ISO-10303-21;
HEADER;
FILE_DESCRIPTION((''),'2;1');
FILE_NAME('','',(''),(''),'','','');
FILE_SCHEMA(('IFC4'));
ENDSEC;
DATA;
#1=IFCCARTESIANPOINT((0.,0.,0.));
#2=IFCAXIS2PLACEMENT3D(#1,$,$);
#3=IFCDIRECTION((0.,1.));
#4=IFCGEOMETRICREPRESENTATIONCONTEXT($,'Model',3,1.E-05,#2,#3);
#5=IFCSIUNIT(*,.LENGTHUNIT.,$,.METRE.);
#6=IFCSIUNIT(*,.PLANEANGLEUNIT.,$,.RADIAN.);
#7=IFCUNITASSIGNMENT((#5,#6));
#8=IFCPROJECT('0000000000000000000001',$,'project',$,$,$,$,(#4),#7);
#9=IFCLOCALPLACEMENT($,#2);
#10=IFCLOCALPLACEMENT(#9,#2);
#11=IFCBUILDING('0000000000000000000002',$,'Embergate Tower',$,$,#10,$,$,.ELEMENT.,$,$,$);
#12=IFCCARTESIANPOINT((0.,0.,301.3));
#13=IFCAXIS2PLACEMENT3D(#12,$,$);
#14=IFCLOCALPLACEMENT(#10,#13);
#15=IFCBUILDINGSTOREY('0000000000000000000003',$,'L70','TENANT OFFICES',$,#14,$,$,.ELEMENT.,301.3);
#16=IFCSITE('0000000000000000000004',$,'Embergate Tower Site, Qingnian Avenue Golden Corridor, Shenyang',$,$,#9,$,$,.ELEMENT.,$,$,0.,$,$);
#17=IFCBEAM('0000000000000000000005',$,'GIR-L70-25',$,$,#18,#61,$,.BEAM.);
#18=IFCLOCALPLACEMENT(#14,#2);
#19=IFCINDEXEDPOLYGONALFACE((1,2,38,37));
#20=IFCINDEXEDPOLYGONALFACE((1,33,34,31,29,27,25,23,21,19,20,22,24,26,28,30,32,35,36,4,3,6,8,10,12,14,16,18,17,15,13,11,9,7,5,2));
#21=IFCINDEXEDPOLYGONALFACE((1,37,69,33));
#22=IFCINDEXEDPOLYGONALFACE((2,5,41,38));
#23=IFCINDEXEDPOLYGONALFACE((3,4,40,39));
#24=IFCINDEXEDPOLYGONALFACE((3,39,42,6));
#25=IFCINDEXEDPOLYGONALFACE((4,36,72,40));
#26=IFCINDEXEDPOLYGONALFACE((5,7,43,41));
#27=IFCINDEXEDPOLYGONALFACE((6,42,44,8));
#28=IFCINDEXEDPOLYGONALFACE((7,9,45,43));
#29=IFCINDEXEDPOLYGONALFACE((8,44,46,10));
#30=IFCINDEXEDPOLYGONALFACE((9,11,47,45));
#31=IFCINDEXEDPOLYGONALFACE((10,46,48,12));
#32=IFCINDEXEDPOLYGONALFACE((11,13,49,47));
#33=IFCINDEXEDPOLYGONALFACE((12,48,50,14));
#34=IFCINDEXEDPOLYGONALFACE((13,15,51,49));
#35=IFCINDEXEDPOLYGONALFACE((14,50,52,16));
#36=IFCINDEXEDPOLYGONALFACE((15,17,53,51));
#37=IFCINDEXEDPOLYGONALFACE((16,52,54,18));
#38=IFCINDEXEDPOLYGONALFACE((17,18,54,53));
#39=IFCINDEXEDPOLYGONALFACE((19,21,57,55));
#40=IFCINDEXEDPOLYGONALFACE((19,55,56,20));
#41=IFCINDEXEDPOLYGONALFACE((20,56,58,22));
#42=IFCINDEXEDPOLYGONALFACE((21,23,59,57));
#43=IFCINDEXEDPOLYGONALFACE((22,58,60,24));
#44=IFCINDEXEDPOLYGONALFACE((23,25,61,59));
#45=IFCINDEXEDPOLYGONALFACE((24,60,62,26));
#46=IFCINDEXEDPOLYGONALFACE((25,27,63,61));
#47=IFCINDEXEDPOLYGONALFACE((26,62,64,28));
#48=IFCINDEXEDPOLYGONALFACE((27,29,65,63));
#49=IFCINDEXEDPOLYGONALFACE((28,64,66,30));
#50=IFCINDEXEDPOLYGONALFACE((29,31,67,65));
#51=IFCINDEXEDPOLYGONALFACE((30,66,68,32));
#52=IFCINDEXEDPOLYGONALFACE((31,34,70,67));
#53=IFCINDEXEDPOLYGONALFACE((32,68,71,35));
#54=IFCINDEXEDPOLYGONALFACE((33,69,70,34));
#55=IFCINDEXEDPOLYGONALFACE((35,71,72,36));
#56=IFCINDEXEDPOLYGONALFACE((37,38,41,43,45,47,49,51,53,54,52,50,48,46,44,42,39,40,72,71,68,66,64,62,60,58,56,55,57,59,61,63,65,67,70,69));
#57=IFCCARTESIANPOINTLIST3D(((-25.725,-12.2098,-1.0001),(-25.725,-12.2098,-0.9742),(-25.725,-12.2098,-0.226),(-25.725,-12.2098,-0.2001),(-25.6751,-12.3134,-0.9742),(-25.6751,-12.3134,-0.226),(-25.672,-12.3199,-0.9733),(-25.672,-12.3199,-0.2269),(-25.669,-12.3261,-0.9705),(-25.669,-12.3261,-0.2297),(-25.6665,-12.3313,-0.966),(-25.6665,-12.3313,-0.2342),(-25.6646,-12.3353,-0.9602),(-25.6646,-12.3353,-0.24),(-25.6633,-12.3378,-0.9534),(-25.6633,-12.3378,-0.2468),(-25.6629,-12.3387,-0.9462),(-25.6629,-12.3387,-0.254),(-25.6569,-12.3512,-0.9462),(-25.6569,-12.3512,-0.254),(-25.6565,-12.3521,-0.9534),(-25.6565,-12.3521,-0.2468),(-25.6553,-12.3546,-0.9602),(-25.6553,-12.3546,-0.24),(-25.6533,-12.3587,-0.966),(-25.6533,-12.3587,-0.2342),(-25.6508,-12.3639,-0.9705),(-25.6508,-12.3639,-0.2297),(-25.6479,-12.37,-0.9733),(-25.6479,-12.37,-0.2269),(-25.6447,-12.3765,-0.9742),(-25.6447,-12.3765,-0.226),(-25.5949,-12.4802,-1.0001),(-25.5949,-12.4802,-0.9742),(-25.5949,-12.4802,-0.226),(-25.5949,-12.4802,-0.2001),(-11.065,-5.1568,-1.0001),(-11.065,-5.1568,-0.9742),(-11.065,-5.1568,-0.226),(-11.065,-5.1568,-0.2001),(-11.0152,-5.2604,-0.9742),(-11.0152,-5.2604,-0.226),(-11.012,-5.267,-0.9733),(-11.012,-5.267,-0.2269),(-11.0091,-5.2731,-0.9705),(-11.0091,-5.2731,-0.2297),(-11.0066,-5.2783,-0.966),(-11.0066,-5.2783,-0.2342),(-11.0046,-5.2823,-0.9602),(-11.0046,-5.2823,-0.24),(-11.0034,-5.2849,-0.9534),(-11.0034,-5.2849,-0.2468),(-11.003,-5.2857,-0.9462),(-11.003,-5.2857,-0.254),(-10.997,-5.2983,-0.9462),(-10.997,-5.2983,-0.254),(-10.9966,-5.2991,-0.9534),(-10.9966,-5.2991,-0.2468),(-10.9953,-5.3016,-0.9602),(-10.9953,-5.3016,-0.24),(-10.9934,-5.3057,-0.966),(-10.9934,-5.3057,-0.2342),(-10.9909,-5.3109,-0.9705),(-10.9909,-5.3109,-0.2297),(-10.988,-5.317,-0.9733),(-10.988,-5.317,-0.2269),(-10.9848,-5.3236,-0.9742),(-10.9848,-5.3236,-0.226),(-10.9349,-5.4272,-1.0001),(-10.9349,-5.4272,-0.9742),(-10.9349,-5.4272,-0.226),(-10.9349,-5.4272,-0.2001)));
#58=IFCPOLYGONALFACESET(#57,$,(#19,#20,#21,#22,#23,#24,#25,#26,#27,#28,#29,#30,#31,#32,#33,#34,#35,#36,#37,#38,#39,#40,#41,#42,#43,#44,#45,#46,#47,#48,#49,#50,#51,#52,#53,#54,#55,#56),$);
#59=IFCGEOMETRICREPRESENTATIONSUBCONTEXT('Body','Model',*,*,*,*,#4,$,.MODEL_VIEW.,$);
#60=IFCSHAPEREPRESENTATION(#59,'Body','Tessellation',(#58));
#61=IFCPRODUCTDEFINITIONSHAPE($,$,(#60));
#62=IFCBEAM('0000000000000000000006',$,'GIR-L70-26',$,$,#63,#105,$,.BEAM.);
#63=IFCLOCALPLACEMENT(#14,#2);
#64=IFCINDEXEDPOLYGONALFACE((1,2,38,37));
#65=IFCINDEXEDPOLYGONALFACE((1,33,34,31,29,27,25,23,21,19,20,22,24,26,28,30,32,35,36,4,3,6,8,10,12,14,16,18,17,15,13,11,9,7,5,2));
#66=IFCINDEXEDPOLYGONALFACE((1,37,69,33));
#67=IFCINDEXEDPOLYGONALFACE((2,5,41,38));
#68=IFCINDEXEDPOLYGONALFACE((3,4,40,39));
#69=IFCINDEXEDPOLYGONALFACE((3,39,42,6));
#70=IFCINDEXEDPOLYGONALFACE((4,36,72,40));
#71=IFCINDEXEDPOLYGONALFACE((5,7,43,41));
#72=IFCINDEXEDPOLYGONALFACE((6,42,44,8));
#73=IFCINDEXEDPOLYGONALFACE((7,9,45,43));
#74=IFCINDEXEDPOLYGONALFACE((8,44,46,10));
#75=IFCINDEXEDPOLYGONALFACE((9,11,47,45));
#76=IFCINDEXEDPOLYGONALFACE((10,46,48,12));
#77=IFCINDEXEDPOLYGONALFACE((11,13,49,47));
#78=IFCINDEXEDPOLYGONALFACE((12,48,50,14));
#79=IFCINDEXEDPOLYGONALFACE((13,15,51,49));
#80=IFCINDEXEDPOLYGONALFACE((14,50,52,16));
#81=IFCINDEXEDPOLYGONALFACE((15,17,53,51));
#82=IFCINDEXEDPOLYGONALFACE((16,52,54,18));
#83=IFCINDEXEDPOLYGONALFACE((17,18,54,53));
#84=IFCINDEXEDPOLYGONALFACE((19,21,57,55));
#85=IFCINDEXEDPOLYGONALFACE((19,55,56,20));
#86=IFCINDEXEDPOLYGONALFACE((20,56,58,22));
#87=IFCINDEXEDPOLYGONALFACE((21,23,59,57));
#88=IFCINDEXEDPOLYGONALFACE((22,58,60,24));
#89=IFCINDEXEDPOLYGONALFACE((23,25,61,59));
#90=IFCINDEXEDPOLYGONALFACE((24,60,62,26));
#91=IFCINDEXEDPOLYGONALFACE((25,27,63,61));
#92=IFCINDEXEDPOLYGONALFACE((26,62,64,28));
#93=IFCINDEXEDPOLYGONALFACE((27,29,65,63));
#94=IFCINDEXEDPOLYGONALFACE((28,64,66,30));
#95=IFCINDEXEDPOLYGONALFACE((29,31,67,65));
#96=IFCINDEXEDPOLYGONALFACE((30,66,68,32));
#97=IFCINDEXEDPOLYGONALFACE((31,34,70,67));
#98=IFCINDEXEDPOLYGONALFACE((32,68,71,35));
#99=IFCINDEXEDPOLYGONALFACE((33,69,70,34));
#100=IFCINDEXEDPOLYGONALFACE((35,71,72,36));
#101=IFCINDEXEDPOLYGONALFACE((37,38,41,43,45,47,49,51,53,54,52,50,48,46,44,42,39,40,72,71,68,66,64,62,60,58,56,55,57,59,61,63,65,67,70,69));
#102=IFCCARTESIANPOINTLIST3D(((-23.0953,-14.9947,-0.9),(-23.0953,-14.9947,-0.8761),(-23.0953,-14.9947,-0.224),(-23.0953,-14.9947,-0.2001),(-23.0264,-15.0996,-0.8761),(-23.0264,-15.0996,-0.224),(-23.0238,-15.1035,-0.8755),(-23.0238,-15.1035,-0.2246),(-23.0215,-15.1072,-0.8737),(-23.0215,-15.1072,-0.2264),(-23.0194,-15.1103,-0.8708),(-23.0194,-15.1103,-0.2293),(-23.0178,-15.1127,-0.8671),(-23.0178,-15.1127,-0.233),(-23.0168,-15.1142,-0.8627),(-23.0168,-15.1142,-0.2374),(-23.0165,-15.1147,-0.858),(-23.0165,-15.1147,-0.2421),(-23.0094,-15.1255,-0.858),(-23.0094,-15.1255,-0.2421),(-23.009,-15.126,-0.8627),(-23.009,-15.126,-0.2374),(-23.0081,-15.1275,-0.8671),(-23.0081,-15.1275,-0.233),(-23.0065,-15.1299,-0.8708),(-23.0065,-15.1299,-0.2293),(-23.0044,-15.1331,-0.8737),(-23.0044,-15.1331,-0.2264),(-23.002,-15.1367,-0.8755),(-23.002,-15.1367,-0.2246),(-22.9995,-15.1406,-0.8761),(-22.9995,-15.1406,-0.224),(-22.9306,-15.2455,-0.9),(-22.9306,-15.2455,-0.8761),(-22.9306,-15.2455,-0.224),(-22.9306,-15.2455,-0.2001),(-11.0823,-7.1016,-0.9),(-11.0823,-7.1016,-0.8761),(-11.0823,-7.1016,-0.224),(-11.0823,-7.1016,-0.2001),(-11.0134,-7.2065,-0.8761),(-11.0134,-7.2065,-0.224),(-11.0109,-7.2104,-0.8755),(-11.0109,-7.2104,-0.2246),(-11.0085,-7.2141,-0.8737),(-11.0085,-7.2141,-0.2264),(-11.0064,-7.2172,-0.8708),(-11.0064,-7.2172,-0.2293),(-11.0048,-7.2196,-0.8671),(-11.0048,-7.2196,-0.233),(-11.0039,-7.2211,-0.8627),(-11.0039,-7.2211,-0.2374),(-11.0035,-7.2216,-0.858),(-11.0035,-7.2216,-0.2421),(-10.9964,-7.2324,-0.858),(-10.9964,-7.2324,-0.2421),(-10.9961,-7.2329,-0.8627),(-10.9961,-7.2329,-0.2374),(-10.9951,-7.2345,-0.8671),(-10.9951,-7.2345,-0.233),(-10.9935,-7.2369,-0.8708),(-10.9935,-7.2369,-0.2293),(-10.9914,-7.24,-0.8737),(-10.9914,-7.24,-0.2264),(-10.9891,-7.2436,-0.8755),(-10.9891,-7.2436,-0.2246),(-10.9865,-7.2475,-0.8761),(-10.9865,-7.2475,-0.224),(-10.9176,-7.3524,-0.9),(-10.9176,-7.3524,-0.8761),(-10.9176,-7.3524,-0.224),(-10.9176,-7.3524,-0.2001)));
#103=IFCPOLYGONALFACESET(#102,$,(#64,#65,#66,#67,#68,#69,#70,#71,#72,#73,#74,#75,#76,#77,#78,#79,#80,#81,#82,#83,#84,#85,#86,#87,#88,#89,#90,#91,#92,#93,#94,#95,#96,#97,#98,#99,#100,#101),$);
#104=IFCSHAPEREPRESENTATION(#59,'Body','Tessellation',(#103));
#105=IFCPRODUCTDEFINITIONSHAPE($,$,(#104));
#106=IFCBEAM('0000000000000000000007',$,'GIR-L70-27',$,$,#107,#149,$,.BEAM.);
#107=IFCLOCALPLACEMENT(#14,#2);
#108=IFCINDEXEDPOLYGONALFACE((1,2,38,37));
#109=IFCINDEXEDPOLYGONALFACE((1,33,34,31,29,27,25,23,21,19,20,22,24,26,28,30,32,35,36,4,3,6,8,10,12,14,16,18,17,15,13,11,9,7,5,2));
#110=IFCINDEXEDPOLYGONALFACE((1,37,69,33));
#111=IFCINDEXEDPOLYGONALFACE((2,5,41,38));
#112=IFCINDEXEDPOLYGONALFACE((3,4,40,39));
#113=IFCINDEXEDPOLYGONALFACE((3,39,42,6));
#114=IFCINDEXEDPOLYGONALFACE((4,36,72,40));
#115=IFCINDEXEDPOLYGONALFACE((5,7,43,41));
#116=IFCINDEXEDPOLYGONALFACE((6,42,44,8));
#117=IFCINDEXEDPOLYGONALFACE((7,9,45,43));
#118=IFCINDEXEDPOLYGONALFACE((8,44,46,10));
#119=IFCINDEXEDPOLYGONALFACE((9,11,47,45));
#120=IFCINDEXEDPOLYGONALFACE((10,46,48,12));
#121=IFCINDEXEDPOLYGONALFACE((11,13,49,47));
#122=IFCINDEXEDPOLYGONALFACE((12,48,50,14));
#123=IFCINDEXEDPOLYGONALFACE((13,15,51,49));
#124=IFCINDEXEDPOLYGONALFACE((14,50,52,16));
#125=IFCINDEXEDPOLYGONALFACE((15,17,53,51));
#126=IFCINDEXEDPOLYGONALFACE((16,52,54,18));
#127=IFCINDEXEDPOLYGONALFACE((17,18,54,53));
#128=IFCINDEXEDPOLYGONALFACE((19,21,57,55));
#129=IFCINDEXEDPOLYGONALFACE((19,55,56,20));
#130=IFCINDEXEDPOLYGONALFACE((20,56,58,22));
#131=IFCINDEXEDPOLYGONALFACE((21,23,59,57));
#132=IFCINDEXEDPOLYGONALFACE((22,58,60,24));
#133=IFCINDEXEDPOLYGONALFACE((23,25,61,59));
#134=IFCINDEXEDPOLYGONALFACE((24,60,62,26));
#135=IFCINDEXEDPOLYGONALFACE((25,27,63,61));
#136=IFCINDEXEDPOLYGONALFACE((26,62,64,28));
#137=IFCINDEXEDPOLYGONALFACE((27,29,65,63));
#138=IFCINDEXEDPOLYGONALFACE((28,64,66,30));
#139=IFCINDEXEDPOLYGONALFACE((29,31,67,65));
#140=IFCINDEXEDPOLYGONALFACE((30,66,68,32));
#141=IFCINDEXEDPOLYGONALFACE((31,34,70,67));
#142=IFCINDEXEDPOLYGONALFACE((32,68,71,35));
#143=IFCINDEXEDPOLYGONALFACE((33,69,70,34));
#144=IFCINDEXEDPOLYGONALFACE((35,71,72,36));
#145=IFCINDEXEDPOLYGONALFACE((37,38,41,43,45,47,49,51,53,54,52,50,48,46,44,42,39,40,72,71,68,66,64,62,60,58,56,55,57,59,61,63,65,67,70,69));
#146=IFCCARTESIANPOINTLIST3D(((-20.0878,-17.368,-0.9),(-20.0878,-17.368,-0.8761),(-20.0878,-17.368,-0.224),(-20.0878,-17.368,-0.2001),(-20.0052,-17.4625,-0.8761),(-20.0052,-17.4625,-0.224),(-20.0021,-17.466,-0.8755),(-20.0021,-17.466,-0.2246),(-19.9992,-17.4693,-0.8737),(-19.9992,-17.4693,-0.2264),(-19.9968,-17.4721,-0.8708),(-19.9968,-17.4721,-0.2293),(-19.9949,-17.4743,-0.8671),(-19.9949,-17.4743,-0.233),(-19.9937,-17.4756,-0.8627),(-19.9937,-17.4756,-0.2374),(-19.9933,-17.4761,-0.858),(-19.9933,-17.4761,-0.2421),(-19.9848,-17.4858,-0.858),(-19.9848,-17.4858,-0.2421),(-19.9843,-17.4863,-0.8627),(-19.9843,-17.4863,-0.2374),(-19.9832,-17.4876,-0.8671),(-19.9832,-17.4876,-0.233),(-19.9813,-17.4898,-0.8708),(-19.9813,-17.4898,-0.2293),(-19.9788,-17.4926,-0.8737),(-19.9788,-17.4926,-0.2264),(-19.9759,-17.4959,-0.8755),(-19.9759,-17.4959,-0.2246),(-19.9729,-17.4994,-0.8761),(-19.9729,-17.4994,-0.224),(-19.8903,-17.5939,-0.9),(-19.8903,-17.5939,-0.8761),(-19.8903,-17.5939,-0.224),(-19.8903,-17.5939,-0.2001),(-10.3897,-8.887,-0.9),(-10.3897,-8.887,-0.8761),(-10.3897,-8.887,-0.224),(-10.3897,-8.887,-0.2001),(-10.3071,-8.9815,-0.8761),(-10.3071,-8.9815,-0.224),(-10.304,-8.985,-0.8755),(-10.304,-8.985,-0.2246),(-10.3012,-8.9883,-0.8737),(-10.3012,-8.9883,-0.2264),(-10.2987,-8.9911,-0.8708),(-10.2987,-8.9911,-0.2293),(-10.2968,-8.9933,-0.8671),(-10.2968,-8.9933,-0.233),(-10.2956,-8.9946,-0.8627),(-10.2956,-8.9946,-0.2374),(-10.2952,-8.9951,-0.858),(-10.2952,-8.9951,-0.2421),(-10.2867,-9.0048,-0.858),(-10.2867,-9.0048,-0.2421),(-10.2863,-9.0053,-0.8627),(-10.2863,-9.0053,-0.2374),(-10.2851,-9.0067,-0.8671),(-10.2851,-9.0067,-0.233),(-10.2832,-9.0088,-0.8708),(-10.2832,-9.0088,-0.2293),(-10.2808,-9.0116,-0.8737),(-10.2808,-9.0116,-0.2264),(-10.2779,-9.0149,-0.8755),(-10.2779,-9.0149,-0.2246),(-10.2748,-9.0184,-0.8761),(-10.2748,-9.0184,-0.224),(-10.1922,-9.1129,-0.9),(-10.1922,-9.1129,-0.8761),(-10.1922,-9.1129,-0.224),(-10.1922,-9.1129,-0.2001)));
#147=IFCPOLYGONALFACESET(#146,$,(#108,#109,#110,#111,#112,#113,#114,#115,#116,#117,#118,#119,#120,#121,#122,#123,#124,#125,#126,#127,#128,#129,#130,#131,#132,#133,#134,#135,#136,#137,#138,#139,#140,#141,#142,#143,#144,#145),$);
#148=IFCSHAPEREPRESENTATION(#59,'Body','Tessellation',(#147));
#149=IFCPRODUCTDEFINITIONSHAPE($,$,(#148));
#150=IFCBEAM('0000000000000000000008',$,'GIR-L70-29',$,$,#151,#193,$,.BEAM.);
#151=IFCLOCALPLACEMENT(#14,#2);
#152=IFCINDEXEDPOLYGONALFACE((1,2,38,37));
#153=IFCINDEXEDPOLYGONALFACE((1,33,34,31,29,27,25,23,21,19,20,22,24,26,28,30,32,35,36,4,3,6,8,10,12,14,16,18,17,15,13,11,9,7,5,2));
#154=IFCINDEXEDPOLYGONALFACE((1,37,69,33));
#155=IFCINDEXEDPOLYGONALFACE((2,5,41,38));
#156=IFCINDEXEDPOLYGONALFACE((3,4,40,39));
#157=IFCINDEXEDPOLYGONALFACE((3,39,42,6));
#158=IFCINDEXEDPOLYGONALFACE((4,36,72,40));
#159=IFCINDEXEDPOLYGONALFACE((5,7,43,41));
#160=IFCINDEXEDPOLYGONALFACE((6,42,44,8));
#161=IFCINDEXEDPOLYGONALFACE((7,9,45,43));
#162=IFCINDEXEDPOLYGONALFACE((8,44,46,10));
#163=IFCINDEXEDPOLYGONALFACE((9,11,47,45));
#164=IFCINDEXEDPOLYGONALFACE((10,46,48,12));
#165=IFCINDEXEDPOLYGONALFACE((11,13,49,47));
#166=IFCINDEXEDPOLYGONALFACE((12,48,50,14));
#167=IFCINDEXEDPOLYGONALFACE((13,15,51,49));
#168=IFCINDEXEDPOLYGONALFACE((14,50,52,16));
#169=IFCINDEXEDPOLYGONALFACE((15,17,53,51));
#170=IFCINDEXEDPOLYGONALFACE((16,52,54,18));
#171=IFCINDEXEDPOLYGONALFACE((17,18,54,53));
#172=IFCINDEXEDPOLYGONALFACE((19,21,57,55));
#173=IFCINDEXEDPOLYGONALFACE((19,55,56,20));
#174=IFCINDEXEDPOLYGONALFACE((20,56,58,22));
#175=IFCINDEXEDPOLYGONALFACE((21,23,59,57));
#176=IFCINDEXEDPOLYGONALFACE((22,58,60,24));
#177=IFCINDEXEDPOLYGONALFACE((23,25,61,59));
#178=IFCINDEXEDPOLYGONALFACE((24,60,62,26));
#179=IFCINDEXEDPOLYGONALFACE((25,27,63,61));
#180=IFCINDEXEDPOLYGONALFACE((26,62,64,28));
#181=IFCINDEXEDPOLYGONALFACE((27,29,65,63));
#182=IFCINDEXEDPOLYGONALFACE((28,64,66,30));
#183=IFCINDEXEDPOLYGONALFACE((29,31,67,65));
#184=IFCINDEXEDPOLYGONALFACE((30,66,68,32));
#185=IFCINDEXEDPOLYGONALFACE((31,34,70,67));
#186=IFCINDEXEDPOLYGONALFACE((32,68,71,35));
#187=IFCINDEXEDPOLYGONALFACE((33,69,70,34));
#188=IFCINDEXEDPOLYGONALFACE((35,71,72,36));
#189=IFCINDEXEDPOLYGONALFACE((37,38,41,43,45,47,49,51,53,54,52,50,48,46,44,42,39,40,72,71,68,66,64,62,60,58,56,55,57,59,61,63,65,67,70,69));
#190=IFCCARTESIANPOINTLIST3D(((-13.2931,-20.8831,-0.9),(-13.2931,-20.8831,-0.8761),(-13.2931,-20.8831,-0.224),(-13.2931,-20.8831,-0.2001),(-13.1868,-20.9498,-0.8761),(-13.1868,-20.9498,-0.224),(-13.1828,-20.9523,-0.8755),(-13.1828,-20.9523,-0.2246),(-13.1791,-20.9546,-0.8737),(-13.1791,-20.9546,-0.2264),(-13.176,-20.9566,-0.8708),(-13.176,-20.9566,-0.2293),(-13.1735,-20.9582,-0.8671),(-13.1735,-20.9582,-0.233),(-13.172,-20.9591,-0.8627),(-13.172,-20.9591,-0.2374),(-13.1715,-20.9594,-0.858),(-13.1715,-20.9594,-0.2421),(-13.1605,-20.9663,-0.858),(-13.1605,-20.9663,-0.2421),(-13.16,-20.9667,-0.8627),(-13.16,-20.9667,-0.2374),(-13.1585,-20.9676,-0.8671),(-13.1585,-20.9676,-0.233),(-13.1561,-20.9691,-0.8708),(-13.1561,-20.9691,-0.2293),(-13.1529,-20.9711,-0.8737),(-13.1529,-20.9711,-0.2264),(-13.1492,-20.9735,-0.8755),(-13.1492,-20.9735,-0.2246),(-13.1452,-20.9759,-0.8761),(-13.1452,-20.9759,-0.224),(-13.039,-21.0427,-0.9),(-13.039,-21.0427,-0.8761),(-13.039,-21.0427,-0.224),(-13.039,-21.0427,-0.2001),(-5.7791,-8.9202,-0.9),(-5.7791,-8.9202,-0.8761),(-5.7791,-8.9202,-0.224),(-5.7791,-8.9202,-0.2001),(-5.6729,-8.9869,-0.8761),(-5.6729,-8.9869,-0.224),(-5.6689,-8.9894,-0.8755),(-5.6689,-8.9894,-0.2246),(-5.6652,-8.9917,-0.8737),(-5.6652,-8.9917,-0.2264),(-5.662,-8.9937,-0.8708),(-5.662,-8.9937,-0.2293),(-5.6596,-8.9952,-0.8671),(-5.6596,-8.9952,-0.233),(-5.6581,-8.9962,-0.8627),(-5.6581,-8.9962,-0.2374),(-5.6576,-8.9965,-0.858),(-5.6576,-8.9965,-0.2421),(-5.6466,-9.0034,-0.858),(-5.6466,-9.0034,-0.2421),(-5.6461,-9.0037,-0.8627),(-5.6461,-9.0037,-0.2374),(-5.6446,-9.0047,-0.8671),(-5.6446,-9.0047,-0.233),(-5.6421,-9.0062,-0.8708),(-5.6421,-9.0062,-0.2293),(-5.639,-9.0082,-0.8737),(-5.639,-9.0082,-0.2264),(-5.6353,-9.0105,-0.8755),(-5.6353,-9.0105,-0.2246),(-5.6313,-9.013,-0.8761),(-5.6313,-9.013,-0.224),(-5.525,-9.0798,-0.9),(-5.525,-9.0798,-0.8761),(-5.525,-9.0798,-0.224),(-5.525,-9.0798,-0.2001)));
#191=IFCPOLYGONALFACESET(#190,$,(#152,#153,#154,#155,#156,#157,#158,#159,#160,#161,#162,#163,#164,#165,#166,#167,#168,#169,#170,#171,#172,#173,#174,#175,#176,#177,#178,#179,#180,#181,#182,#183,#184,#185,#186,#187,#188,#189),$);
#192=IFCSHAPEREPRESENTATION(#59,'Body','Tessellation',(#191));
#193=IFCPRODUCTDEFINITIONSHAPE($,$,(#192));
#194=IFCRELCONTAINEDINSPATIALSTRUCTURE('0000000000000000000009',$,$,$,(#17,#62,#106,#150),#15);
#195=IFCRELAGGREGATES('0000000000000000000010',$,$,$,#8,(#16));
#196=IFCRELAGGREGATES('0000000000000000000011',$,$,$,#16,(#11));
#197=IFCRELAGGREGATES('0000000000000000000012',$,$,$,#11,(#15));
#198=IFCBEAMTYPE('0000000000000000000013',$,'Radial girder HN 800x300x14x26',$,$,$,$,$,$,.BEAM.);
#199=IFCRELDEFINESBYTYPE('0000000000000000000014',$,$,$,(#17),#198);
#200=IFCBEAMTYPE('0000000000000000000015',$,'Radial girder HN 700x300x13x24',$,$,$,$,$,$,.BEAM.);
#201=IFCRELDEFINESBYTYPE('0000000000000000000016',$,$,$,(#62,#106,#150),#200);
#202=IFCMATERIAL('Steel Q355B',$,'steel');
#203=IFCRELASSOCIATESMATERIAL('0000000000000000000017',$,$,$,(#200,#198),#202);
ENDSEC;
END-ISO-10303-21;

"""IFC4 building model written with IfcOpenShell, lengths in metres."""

from ifc_helpers import new_model, si_unit, direction, frame, origin, origin_2d, place, context, subcontext, project, spatial, i_section, extrude, source, transform, mapped, material, material_profile, profile_set, type_object, element, save


model = new_model("IFC4")

# Units and contexts
model_context = context("Model", 3, precision=1e-05, world=origin(), true_north=direction((0.0, 1.0)))
body_context = subcontext(model_context, "Body", "Model", "MODEL_VIEW")
ifc_project = project(units=[si_unit("LENGTHUNIT", "METRE"), si_unit("PLANEANGLEUNIT", "RADIAN")], contexts=[model_context])

# Site, building, storey
site_placement = place(None, origin())
site = spatial("IfcSite", under=ifc_project, at=site_placement, Name="Embergate Tower Site, Qingnian Avenue Golden Corridor, Shenyang", CompositionType="ELEMENT", RefElevation=0.0)
building_placement = place(site_placement, origin())
building = spatial("IfcBuilding", under=site, at=building_placement, Name="Embergate Tower", CompositionType="ELEMENT")
storey_placement = place(building_placement, frame((0.0, 0.0, 301.3)))
storey = spatial("IfcBuildingStorey", under=building, at=storey_placement, Name="L70", Description="TENANT OFFICES", CompositionType="ELEMENT", Elevation=301.3)

# Beams
ifc_material_1 = material(Name="Steel Q355B", Category="steel")
ifc_material_profile_1 = material_profile(ifc_material_1, i_section(OverallWidth=0.3, OverallDepth=0.7, WebThickness=0.0129, FlangeThickness=0.0239, FilletRadius=0.0181, at=origin_2d()), Name="HN 700x300x13x24")
ifc_profile_set_1 = profile_set([ifc_material_profile_1], Name="Steel Q355 grade B")
beam_type_1 = type_object("IfcBeamType", Name="Radial girder HN 700x300x13x24", PredefinedType="BEAM", material=ifc_profile_set_1)
ifc_material_profile_2 = material_profile(ifc_material_1, i_section(OverallWidth=0.3, OverallDepth=0.8, WebThickness=0.0139, FlangeThickness=0.0259, FilletRadius=0.0281, at=origin_2d()), Name="HN 800x300x14x26")
ifc_profile_set_2 = profile_set([ifc_material_profile_2], Name="Steel Q355 grade B")
beam_type_2 = type_object("IfcBeamType", Name="Radial girder HN 800x300x14x26", PredefinedType="BEAM", material=ifc_profile_set_2)
shared_shape_1 = source(origin(), body_context, "Body", "SweptSolid", [
    extrude(i_section(OverallWidth=0.3, OverallDepth=0.8, WebThickness=0.0139, FlangeThickness=0.0259, FilletRadius=0.0281, at=origin_2d()), origin(), (0.0, 0.0, 1.0), 16.2683),
])
beam_1_placement = place(storey_placement, frame((-25.6599, -12.345, -0.6001), z_axis=(0.901134, 0.433541, 0.0), x_axis=(-0.433541, 0.901134, 0.0)))
element("IfcBeam", 1, at=beam_1_placement, inside=storey, type_object=beam_type_2, Name="GIR-L70-25", PredefinedType="BEAM", context=body_context, shape_type="MappedRepresentation", body=[
    mapped(shared_shape_1, transform((0.0, 0.0, 0.0))),
])
shared_shape_2 = source(origin(), body_context, "Body", "SweptSolid", [
    extrude(i_section(OverallWidth=0.3, OverallDepth=0.7, WebThickness=0.0129, FlangeThickness=0.0239, FilletRadius=0.0181, at=origin_2d()), origin(), (0.0, 0.0, 1.0), 14.374),
])
beam_2_placement = place(storey_placement, frame((-23.0129, -15.1201, -0.55), z_axis=(0.835742, 0.549122, 0.0), x_axis=(-0.549122, 0.835742, 0.0)))
element("IfcBeam", 2, at=beam_2_placement, inside=storey, type_object=beam_type_1, Name="GIR-L70-26", PredefinedType="BEAM", context=body_context, shape_type="MappedRepresentation", body=[
    mapped(shared_shape_2, transform((0.0, 0.0, 0.0))),
])
shared_shape_3 = source(origin(), body_context, "Body", "SweptSolid", [
    extrude(i_section(OverallWidth=0.3, OverallDepth=0.7, WebThickness=0.0129, FlangeThickness=0.0239, FilletRadius=0.0181, at=origin_2d()), origin(), (0.0, 0.0, 1.0), 12.8833),
])
beam_3_placement = place(storey_placement, frame((-19.989, -17.481, -0.55), z_axis=(0.752761, 0.658294, 0.0), x_axis=(-0.658294, 0.752761, 0.0)))
element("IfcBeam", 3, at=beam_3_placement, inside=storey, type_object=beam_type_1, Name="GIR-L70-27", PredefinedType="BEAM", context=body_context, shape_type="MappedRepresentation", body=[
    mapped(shared_shape_3, transform((0.0, 0.0, 0.0))),
])
shared_shape_4 = source(origin(), body_context, "Body", "SweptSolid", [
    extrude(i_section(OverallWidth=0.3, OverallDepth=0.7, WebThickness=0.0129, FlangeThickness=0.0239, FilletRadius=0.0181, at=origin_2d()), origin(), (0.0, 0.0, 1.0), 14.127),
])
beam_4_placement = place(storey_placement, frame((-13.166, -20.9629, -0.55), z_axis=(0.531887, 0.846816, 0.0), x_axis=(-0.846816, 0.531887, 0.0)))
element("IfcBeam", 4, at=beam_4_placement, inside=storey, type_object=beam_type_1, Name="GIR-L70-29", PredefinedType="BEAM", context=body_context, shape_type="MappedRepresentation", body=[
    mapped(shared_shape_4, transform((0.0, 0.0, 0.0))),
])

save(model, "model.ifc")
